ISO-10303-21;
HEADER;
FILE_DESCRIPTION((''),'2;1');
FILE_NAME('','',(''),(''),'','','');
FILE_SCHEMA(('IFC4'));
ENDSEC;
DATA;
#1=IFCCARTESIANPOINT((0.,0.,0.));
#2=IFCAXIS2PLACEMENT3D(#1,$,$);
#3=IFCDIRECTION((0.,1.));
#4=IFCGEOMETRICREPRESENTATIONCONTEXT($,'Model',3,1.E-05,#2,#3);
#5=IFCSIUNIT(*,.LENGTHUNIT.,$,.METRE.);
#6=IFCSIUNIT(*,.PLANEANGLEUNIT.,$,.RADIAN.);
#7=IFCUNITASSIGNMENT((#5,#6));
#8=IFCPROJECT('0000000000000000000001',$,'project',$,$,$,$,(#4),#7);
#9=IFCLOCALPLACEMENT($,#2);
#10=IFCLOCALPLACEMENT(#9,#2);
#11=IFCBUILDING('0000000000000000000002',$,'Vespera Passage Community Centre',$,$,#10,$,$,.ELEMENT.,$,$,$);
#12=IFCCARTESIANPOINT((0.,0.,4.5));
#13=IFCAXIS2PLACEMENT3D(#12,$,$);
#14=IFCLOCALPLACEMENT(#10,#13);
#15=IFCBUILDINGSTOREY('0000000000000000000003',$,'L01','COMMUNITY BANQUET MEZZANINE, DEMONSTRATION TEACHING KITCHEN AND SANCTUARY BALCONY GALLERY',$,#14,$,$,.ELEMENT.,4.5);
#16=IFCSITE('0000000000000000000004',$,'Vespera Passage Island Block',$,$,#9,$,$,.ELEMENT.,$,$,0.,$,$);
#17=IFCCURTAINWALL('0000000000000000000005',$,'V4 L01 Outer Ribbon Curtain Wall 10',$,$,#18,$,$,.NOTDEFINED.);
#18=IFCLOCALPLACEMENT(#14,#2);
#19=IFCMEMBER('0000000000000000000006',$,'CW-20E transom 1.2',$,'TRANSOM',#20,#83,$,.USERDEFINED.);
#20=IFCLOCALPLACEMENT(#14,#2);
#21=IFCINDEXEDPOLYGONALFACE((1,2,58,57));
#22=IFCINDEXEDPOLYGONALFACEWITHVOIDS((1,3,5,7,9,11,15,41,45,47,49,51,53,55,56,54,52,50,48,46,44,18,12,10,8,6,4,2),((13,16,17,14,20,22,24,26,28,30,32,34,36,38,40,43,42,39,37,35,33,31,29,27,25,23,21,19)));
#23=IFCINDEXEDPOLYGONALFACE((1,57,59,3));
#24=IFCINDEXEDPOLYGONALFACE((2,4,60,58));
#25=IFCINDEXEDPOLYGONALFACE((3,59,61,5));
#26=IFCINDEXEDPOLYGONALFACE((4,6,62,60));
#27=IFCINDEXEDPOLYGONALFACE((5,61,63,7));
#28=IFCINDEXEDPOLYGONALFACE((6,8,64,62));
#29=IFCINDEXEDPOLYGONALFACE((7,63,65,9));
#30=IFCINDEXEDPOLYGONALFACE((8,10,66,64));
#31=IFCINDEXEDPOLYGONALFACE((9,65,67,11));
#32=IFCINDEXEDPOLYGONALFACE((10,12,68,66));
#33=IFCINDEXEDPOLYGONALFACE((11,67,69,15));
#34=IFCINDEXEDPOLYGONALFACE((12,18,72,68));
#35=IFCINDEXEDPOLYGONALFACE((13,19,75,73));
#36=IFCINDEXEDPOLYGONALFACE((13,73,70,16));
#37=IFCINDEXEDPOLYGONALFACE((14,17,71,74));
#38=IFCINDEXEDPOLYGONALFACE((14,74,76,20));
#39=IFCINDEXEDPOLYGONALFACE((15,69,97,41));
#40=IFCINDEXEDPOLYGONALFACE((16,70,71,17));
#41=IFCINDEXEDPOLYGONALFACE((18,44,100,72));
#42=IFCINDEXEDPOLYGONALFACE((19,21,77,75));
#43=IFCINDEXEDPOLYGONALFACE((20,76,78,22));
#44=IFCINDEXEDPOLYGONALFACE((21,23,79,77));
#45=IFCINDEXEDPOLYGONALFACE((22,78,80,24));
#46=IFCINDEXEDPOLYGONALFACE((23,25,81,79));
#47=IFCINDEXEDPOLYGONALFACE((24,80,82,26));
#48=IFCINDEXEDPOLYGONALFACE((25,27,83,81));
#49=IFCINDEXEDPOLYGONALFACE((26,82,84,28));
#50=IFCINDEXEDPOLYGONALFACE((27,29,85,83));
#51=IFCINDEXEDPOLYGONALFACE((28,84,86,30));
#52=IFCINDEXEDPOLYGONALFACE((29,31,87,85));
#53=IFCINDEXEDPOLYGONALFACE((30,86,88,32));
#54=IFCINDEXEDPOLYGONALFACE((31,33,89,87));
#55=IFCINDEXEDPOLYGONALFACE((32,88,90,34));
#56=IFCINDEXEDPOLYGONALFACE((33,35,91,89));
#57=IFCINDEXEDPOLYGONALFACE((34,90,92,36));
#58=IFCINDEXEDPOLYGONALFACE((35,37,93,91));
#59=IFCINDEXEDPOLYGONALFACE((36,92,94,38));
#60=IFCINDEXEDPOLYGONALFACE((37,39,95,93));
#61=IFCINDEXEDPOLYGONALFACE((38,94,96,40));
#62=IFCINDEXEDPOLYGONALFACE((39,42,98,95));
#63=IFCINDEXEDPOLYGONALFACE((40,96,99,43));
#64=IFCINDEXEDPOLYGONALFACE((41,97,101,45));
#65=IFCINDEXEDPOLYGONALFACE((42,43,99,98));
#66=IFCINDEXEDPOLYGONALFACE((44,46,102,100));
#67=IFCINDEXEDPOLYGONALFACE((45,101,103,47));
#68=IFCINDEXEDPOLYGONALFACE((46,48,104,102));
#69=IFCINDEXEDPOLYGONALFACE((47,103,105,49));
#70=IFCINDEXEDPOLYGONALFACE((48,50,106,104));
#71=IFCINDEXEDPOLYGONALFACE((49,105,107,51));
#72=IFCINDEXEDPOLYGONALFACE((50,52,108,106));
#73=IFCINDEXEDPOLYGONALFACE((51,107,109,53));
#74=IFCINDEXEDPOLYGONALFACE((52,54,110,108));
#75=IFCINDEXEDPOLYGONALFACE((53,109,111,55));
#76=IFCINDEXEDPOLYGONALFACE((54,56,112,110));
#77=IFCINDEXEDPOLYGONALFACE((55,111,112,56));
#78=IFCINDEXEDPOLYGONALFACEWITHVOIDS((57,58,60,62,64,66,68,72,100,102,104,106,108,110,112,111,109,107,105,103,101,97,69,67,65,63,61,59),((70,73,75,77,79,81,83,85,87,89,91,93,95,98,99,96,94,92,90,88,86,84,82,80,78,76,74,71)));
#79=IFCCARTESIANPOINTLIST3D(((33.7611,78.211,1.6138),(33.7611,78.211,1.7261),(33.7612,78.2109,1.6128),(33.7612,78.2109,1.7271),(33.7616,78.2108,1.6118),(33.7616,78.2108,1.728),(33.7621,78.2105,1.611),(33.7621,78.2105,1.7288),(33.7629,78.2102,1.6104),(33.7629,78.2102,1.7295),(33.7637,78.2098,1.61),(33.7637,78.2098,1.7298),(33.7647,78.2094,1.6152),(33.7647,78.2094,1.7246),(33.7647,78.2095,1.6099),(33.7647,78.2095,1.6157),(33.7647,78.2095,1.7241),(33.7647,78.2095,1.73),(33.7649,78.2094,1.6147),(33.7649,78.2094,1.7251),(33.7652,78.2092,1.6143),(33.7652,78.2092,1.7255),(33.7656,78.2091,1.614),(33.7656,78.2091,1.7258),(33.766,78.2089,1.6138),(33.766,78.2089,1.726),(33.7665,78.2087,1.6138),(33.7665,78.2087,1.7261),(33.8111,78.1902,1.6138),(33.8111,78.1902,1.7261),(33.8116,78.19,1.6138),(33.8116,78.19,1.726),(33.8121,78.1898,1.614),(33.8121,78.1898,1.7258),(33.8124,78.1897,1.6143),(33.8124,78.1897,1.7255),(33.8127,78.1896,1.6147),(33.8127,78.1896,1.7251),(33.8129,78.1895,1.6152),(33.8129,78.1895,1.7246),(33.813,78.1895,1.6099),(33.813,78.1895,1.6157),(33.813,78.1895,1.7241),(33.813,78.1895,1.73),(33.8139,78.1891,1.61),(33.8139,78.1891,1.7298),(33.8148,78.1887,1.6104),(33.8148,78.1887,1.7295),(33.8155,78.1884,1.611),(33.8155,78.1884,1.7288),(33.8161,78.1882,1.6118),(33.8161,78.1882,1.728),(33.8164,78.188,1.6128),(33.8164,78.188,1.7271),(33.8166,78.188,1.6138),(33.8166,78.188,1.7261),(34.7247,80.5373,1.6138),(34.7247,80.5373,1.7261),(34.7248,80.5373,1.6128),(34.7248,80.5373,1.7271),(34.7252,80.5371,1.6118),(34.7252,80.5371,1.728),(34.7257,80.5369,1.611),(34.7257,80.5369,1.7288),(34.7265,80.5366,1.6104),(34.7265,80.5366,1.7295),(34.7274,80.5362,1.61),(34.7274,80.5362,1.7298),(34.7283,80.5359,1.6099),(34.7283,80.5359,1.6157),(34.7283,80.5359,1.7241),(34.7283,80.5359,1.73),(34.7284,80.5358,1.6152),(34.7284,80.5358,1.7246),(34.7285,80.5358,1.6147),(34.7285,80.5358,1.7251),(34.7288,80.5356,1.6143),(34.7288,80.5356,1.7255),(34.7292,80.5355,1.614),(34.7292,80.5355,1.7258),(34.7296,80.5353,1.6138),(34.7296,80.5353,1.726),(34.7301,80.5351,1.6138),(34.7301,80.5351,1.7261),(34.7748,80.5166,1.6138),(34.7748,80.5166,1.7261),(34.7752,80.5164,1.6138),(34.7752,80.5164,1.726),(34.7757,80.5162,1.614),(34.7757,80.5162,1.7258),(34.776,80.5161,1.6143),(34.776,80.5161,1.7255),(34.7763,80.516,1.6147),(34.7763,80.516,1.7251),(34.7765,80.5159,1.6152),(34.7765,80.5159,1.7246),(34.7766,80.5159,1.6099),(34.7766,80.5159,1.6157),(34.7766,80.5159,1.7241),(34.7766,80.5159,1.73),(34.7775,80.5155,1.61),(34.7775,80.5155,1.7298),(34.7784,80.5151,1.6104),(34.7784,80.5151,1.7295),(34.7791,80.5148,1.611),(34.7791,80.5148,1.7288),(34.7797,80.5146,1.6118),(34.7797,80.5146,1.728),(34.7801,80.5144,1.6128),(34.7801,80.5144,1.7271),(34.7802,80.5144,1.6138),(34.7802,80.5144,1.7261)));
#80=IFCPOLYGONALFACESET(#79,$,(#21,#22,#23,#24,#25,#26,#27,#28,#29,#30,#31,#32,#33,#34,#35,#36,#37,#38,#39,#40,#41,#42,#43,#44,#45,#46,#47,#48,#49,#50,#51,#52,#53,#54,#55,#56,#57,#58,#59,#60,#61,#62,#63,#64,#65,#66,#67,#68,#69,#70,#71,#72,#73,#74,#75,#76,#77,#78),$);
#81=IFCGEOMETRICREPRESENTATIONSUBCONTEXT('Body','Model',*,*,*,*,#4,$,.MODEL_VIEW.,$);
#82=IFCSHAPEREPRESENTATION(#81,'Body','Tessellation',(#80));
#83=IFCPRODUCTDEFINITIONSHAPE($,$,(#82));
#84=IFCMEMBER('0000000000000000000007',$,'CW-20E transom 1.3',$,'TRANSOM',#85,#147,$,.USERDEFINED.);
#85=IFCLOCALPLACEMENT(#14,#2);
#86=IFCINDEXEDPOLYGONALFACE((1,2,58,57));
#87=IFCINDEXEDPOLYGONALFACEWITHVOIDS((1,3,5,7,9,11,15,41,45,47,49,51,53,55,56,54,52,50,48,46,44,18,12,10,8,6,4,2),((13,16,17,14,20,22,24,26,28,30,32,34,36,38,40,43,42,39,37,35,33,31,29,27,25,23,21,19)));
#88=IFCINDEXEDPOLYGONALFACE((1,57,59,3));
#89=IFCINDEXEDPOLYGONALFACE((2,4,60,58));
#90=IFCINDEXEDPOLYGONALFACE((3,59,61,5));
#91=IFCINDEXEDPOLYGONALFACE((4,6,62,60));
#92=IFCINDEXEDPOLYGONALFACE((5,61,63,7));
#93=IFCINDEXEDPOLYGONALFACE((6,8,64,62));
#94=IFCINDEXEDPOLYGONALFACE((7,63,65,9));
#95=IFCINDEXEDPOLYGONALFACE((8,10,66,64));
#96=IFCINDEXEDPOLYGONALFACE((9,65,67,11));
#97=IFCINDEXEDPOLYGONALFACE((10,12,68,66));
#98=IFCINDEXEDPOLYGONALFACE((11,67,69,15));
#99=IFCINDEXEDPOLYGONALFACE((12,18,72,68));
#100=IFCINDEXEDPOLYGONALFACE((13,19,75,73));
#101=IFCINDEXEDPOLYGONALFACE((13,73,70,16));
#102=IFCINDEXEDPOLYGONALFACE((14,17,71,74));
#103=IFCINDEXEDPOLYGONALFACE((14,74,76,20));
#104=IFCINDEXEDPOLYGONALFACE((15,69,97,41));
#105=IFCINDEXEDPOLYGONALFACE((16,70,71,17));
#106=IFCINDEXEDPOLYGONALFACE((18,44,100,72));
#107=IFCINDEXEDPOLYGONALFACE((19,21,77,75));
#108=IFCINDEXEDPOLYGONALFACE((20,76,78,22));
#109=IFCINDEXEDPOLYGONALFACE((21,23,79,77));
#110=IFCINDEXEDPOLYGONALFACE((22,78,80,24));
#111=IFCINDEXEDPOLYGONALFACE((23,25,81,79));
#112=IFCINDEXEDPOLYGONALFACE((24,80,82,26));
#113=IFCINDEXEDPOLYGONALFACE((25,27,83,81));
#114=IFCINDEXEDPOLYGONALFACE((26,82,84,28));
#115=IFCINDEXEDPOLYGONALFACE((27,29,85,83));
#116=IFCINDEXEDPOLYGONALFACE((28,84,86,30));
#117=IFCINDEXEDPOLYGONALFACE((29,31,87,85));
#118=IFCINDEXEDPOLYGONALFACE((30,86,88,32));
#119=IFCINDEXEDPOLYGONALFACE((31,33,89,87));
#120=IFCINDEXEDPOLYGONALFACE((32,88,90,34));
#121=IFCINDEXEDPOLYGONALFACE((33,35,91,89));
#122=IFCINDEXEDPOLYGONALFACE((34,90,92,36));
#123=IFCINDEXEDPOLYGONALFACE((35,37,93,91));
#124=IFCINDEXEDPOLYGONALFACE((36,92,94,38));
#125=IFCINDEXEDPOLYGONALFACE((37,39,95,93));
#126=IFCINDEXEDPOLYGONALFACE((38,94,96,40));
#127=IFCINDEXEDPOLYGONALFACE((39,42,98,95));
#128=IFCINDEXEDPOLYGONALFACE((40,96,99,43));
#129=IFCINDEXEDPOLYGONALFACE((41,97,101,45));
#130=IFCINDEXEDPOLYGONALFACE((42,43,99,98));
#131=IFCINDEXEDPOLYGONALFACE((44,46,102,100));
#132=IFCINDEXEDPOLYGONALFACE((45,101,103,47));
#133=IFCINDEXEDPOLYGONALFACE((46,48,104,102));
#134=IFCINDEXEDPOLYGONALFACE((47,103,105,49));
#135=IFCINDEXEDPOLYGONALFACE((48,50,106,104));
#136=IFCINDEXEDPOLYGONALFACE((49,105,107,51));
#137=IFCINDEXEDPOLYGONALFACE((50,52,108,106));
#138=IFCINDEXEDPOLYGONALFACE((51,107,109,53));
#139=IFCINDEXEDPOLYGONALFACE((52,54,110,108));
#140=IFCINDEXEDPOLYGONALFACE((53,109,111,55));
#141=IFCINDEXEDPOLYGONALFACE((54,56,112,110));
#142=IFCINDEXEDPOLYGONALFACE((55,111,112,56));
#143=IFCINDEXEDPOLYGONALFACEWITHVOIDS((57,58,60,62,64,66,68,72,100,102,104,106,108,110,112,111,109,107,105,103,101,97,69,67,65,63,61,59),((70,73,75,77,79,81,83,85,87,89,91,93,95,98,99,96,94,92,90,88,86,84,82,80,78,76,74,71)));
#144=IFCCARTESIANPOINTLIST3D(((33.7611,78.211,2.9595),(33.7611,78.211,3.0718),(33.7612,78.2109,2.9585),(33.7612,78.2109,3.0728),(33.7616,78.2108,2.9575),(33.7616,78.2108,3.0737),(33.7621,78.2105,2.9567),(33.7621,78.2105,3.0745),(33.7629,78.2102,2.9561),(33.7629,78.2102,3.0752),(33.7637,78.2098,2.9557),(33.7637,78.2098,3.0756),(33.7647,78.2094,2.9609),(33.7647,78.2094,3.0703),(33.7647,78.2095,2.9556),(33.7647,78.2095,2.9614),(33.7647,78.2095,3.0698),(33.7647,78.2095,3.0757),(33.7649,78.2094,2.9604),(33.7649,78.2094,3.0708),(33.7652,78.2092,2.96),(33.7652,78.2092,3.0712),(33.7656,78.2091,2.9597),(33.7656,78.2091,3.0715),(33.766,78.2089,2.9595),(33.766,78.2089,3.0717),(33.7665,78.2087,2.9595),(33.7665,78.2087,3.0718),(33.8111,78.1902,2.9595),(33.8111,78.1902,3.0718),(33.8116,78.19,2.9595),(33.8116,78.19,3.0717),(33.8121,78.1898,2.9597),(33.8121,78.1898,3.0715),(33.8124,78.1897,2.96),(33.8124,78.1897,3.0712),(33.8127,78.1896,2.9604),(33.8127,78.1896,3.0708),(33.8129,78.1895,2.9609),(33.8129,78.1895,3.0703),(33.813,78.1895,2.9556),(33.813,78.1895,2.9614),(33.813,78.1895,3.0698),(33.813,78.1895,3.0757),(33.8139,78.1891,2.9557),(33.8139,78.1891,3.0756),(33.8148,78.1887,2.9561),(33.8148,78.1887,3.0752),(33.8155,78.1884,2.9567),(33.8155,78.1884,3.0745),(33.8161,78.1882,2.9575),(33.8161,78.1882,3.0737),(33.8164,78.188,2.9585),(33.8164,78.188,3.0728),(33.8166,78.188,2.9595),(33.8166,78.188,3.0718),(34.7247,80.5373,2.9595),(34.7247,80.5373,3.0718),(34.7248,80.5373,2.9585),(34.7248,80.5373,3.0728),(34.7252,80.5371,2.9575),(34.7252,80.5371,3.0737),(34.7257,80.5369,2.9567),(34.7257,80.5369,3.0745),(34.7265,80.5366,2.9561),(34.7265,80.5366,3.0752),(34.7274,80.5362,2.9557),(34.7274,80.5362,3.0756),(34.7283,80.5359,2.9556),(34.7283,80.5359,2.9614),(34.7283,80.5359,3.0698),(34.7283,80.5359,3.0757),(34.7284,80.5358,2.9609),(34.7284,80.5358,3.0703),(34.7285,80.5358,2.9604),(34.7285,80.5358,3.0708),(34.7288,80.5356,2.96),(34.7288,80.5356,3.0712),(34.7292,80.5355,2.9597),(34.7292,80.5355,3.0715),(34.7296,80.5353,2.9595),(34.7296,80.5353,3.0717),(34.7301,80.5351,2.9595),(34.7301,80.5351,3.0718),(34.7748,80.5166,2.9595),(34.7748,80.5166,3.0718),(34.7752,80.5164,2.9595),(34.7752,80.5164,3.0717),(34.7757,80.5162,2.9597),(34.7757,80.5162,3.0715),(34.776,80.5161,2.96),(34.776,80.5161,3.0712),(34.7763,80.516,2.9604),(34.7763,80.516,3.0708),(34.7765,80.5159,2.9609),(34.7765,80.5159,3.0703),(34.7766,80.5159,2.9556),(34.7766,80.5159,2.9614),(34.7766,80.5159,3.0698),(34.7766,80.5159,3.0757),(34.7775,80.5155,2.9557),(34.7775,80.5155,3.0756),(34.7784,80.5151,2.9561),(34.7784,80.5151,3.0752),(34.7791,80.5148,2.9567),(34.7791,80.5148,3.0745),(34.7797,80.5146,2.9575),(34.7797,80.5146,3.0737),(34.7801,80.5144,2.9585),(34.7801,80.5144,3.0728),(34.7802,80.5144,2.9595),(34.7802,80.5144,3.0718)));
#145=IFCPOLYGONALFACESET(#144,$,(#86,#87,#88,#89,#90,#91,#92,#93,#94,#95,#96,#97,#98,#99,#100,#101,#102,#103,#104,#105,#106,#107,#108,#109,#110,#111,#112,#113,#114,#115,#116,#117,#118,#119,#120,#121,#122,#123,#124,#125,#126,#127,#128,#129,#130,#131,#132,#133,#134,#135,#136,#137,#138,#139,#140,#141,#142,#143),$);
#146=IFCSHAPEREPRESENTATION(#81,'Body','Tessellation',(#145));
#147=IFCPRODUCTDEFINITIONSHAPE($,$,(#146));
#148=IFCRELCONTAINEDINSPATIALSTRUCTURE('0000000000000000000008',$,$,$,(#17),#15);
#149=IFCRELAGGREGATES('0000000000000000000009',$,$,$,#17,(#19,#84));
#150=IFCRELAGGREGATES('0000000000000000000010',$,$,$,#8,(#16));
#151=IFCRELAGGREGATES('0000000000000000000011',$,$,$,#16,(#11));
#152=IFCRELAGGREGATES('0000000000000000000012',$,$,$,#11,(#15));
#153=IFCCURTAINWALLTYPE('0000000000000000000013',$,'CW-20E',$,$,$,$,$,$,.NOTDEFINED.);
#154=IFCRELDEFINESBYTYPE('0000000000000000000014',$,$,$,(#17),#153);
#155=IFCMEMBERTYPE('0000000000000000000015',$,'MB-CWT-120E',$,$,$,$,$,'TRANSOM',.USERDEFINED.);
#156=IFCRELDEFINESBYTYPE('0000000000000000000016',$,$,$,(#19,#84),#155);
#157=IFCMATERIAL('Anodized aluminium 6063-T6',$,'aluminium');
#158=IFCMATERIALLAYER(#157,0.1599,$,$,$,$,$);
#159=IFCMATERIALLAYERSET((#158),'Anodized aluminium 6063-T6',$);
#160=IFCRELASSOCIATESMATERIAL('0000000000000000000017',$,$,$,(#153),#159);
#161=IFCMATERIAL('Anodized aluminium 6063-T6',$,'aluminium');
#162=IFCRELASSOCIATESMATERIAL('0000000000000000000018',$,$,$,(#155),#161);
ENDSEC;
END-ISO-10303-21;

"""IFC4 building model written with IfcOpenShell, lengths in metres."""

from ifc_helpers import new_model, si_unit, direction, frame, origin, origin_2d, place, context, subcontext, project, spatial, hollow_rectangle, extrude, material, layer, layer_set, material_profile, profile_set, type_object, element, aggregate, save


model = new_model("IFC4")

# Units and contexts
model_context = context("Model", 3, precision=1e-05, world=origin(), true_north=direction((0.0, 1.0)))
body_context = subcontext(model_context, "Body", "Model", "MODEL_VIEW")
ifc_project = project(units=[si_unit("LENGTHUNIT", "METRE"), si_unit("PLANEANGLEUNIT", "RADIAN")], contexts=[model_context])

# Site, building, storey
site_placement = place(None, origin())
site = spatial("IfcSite", under=ifc_project, at=site_placement, Name="Vespera Passage Island Block", CompositionType="ELEMENT", RefElevation=0.0)
building_placement = place(site_placement, origin())
building = spatial("IfcBuilding", under=site, at=building_placement, Name="Vespera Passage Community Centre", CompositionType="ELEMENT")
storey_placement = place(building_placement, frame((0.0, 0.0, 4.5)))
storey = spatial("IfcBuildingStorey", under=building, at=storey_placement, Name="L01", Description="COMMUNITY BANQUET MEZZANINE, DEMONSTRATION TEACHING KITCHEN AND SANCTUARY BALCONY GALLERY", CompositionType="ELEMENT", Elevation=4.5)

# Curtain wall
ifc_material_1 = material(Name="Anodized aluminium 6063-T6", Category="aluminium")
ifc_layer_1 = layer(ifc_material_1, 0.1599)
ifc_layer_set_1 = layer_set([ifc_layer_1], Name="Anodized aluminium 6063-T6")
curtain_wall_type_1 = type_object("IfcCurtainWallType", Name="CW-20E", PredefinedType="NOTDEFINED", material=ifc_layer_set_1)
curtain_wall_1_placement = place(storey_placement, origin())
curtain_wall_1 = element("IfcCurtainWall", 1, at=curtain_wall_1_placement, inside=storey, type_object=curtain_wall_type_1, Name="V4 L01 Outer Ribbon Curtain Wall 10", PredefinedType="NOTDEFINED")

# Members
ifc_material_2 = material(Name="Anodized aluminium 6063-T6", Category="aluminium")
ifc_material_profile_1 = material_profile(ifc_material_2, hollow_rectangle(XDim=0.0601, YDim=0.1201, WallThickness=0.0039, InnerFilletRadius=0.002, OuterFilletRadius=0.0039, at=origin_2d()), Name="ALU120X60X4")
ifc_profile_set_1 = profile_set([ifc_material_profile_1], Name="Anodized aluminium 6063-T6")
member_type_1 = type_object("IfcMemberType", Name="MB-CWT-120E", ElementType="TRANSOM", PredefinedType="USERDEFINED", material=ifc_profile_set_1)
member_1_placement = place(storey_placement, frame((33.7888, 78.1995, 1.6699), z_axis=(0.38268, 0.923881, 0.0), x_axis=(-0.923881, 0.38268, 0.0)))
member_1 = element("IfcMember", 2, at=member_1_placement, type_object=member_type_1, Name="CW-20E transom 1.2", ObjectType="TRANSOM", PredefinedType="USERDEFINED", context=body_context, shape_type="SweptSolid", body=[
    extrude(hollow_rectangle(XDim=0.0601, YDim=0.1201, WallThickness=0.0039, InnerFilletRadius=0.002, OuterFilletRadius=0.0039, at=origin_2d()), origin(), (0.0, 0.0, 1.0), 2.5181),
])
member_2_placement = place(storey_placement, frame((33.7888, 78.1995, 3.0156), z_axis=(0.38268, 0.923881, 0.0), x_axis=(-0.923881, 0.38268, 0.0)))
member_2 = element("IfcMember", 3, at=member_2_placement, type_object=member_type_1, Name="CW-20E transom 1.3", ObjectType="TRANSOM", PredefinedType="USERDEFINED", context=body_context, shape_type="SweptSolid", body=[
    extrude(hollow_rectangle(XDim=0.0601, YDim=0.1201, WallThickness=0.0039, InnerFilletRadius=0.002, OuterFilletRadius=0.0039, at=origin_2d()), origin(), (0.0, 0.0, 1.0), 2.5181),
])

aggregate(curtain_wall_1, [member_1, member_2])

save(model, "model.ifc")
